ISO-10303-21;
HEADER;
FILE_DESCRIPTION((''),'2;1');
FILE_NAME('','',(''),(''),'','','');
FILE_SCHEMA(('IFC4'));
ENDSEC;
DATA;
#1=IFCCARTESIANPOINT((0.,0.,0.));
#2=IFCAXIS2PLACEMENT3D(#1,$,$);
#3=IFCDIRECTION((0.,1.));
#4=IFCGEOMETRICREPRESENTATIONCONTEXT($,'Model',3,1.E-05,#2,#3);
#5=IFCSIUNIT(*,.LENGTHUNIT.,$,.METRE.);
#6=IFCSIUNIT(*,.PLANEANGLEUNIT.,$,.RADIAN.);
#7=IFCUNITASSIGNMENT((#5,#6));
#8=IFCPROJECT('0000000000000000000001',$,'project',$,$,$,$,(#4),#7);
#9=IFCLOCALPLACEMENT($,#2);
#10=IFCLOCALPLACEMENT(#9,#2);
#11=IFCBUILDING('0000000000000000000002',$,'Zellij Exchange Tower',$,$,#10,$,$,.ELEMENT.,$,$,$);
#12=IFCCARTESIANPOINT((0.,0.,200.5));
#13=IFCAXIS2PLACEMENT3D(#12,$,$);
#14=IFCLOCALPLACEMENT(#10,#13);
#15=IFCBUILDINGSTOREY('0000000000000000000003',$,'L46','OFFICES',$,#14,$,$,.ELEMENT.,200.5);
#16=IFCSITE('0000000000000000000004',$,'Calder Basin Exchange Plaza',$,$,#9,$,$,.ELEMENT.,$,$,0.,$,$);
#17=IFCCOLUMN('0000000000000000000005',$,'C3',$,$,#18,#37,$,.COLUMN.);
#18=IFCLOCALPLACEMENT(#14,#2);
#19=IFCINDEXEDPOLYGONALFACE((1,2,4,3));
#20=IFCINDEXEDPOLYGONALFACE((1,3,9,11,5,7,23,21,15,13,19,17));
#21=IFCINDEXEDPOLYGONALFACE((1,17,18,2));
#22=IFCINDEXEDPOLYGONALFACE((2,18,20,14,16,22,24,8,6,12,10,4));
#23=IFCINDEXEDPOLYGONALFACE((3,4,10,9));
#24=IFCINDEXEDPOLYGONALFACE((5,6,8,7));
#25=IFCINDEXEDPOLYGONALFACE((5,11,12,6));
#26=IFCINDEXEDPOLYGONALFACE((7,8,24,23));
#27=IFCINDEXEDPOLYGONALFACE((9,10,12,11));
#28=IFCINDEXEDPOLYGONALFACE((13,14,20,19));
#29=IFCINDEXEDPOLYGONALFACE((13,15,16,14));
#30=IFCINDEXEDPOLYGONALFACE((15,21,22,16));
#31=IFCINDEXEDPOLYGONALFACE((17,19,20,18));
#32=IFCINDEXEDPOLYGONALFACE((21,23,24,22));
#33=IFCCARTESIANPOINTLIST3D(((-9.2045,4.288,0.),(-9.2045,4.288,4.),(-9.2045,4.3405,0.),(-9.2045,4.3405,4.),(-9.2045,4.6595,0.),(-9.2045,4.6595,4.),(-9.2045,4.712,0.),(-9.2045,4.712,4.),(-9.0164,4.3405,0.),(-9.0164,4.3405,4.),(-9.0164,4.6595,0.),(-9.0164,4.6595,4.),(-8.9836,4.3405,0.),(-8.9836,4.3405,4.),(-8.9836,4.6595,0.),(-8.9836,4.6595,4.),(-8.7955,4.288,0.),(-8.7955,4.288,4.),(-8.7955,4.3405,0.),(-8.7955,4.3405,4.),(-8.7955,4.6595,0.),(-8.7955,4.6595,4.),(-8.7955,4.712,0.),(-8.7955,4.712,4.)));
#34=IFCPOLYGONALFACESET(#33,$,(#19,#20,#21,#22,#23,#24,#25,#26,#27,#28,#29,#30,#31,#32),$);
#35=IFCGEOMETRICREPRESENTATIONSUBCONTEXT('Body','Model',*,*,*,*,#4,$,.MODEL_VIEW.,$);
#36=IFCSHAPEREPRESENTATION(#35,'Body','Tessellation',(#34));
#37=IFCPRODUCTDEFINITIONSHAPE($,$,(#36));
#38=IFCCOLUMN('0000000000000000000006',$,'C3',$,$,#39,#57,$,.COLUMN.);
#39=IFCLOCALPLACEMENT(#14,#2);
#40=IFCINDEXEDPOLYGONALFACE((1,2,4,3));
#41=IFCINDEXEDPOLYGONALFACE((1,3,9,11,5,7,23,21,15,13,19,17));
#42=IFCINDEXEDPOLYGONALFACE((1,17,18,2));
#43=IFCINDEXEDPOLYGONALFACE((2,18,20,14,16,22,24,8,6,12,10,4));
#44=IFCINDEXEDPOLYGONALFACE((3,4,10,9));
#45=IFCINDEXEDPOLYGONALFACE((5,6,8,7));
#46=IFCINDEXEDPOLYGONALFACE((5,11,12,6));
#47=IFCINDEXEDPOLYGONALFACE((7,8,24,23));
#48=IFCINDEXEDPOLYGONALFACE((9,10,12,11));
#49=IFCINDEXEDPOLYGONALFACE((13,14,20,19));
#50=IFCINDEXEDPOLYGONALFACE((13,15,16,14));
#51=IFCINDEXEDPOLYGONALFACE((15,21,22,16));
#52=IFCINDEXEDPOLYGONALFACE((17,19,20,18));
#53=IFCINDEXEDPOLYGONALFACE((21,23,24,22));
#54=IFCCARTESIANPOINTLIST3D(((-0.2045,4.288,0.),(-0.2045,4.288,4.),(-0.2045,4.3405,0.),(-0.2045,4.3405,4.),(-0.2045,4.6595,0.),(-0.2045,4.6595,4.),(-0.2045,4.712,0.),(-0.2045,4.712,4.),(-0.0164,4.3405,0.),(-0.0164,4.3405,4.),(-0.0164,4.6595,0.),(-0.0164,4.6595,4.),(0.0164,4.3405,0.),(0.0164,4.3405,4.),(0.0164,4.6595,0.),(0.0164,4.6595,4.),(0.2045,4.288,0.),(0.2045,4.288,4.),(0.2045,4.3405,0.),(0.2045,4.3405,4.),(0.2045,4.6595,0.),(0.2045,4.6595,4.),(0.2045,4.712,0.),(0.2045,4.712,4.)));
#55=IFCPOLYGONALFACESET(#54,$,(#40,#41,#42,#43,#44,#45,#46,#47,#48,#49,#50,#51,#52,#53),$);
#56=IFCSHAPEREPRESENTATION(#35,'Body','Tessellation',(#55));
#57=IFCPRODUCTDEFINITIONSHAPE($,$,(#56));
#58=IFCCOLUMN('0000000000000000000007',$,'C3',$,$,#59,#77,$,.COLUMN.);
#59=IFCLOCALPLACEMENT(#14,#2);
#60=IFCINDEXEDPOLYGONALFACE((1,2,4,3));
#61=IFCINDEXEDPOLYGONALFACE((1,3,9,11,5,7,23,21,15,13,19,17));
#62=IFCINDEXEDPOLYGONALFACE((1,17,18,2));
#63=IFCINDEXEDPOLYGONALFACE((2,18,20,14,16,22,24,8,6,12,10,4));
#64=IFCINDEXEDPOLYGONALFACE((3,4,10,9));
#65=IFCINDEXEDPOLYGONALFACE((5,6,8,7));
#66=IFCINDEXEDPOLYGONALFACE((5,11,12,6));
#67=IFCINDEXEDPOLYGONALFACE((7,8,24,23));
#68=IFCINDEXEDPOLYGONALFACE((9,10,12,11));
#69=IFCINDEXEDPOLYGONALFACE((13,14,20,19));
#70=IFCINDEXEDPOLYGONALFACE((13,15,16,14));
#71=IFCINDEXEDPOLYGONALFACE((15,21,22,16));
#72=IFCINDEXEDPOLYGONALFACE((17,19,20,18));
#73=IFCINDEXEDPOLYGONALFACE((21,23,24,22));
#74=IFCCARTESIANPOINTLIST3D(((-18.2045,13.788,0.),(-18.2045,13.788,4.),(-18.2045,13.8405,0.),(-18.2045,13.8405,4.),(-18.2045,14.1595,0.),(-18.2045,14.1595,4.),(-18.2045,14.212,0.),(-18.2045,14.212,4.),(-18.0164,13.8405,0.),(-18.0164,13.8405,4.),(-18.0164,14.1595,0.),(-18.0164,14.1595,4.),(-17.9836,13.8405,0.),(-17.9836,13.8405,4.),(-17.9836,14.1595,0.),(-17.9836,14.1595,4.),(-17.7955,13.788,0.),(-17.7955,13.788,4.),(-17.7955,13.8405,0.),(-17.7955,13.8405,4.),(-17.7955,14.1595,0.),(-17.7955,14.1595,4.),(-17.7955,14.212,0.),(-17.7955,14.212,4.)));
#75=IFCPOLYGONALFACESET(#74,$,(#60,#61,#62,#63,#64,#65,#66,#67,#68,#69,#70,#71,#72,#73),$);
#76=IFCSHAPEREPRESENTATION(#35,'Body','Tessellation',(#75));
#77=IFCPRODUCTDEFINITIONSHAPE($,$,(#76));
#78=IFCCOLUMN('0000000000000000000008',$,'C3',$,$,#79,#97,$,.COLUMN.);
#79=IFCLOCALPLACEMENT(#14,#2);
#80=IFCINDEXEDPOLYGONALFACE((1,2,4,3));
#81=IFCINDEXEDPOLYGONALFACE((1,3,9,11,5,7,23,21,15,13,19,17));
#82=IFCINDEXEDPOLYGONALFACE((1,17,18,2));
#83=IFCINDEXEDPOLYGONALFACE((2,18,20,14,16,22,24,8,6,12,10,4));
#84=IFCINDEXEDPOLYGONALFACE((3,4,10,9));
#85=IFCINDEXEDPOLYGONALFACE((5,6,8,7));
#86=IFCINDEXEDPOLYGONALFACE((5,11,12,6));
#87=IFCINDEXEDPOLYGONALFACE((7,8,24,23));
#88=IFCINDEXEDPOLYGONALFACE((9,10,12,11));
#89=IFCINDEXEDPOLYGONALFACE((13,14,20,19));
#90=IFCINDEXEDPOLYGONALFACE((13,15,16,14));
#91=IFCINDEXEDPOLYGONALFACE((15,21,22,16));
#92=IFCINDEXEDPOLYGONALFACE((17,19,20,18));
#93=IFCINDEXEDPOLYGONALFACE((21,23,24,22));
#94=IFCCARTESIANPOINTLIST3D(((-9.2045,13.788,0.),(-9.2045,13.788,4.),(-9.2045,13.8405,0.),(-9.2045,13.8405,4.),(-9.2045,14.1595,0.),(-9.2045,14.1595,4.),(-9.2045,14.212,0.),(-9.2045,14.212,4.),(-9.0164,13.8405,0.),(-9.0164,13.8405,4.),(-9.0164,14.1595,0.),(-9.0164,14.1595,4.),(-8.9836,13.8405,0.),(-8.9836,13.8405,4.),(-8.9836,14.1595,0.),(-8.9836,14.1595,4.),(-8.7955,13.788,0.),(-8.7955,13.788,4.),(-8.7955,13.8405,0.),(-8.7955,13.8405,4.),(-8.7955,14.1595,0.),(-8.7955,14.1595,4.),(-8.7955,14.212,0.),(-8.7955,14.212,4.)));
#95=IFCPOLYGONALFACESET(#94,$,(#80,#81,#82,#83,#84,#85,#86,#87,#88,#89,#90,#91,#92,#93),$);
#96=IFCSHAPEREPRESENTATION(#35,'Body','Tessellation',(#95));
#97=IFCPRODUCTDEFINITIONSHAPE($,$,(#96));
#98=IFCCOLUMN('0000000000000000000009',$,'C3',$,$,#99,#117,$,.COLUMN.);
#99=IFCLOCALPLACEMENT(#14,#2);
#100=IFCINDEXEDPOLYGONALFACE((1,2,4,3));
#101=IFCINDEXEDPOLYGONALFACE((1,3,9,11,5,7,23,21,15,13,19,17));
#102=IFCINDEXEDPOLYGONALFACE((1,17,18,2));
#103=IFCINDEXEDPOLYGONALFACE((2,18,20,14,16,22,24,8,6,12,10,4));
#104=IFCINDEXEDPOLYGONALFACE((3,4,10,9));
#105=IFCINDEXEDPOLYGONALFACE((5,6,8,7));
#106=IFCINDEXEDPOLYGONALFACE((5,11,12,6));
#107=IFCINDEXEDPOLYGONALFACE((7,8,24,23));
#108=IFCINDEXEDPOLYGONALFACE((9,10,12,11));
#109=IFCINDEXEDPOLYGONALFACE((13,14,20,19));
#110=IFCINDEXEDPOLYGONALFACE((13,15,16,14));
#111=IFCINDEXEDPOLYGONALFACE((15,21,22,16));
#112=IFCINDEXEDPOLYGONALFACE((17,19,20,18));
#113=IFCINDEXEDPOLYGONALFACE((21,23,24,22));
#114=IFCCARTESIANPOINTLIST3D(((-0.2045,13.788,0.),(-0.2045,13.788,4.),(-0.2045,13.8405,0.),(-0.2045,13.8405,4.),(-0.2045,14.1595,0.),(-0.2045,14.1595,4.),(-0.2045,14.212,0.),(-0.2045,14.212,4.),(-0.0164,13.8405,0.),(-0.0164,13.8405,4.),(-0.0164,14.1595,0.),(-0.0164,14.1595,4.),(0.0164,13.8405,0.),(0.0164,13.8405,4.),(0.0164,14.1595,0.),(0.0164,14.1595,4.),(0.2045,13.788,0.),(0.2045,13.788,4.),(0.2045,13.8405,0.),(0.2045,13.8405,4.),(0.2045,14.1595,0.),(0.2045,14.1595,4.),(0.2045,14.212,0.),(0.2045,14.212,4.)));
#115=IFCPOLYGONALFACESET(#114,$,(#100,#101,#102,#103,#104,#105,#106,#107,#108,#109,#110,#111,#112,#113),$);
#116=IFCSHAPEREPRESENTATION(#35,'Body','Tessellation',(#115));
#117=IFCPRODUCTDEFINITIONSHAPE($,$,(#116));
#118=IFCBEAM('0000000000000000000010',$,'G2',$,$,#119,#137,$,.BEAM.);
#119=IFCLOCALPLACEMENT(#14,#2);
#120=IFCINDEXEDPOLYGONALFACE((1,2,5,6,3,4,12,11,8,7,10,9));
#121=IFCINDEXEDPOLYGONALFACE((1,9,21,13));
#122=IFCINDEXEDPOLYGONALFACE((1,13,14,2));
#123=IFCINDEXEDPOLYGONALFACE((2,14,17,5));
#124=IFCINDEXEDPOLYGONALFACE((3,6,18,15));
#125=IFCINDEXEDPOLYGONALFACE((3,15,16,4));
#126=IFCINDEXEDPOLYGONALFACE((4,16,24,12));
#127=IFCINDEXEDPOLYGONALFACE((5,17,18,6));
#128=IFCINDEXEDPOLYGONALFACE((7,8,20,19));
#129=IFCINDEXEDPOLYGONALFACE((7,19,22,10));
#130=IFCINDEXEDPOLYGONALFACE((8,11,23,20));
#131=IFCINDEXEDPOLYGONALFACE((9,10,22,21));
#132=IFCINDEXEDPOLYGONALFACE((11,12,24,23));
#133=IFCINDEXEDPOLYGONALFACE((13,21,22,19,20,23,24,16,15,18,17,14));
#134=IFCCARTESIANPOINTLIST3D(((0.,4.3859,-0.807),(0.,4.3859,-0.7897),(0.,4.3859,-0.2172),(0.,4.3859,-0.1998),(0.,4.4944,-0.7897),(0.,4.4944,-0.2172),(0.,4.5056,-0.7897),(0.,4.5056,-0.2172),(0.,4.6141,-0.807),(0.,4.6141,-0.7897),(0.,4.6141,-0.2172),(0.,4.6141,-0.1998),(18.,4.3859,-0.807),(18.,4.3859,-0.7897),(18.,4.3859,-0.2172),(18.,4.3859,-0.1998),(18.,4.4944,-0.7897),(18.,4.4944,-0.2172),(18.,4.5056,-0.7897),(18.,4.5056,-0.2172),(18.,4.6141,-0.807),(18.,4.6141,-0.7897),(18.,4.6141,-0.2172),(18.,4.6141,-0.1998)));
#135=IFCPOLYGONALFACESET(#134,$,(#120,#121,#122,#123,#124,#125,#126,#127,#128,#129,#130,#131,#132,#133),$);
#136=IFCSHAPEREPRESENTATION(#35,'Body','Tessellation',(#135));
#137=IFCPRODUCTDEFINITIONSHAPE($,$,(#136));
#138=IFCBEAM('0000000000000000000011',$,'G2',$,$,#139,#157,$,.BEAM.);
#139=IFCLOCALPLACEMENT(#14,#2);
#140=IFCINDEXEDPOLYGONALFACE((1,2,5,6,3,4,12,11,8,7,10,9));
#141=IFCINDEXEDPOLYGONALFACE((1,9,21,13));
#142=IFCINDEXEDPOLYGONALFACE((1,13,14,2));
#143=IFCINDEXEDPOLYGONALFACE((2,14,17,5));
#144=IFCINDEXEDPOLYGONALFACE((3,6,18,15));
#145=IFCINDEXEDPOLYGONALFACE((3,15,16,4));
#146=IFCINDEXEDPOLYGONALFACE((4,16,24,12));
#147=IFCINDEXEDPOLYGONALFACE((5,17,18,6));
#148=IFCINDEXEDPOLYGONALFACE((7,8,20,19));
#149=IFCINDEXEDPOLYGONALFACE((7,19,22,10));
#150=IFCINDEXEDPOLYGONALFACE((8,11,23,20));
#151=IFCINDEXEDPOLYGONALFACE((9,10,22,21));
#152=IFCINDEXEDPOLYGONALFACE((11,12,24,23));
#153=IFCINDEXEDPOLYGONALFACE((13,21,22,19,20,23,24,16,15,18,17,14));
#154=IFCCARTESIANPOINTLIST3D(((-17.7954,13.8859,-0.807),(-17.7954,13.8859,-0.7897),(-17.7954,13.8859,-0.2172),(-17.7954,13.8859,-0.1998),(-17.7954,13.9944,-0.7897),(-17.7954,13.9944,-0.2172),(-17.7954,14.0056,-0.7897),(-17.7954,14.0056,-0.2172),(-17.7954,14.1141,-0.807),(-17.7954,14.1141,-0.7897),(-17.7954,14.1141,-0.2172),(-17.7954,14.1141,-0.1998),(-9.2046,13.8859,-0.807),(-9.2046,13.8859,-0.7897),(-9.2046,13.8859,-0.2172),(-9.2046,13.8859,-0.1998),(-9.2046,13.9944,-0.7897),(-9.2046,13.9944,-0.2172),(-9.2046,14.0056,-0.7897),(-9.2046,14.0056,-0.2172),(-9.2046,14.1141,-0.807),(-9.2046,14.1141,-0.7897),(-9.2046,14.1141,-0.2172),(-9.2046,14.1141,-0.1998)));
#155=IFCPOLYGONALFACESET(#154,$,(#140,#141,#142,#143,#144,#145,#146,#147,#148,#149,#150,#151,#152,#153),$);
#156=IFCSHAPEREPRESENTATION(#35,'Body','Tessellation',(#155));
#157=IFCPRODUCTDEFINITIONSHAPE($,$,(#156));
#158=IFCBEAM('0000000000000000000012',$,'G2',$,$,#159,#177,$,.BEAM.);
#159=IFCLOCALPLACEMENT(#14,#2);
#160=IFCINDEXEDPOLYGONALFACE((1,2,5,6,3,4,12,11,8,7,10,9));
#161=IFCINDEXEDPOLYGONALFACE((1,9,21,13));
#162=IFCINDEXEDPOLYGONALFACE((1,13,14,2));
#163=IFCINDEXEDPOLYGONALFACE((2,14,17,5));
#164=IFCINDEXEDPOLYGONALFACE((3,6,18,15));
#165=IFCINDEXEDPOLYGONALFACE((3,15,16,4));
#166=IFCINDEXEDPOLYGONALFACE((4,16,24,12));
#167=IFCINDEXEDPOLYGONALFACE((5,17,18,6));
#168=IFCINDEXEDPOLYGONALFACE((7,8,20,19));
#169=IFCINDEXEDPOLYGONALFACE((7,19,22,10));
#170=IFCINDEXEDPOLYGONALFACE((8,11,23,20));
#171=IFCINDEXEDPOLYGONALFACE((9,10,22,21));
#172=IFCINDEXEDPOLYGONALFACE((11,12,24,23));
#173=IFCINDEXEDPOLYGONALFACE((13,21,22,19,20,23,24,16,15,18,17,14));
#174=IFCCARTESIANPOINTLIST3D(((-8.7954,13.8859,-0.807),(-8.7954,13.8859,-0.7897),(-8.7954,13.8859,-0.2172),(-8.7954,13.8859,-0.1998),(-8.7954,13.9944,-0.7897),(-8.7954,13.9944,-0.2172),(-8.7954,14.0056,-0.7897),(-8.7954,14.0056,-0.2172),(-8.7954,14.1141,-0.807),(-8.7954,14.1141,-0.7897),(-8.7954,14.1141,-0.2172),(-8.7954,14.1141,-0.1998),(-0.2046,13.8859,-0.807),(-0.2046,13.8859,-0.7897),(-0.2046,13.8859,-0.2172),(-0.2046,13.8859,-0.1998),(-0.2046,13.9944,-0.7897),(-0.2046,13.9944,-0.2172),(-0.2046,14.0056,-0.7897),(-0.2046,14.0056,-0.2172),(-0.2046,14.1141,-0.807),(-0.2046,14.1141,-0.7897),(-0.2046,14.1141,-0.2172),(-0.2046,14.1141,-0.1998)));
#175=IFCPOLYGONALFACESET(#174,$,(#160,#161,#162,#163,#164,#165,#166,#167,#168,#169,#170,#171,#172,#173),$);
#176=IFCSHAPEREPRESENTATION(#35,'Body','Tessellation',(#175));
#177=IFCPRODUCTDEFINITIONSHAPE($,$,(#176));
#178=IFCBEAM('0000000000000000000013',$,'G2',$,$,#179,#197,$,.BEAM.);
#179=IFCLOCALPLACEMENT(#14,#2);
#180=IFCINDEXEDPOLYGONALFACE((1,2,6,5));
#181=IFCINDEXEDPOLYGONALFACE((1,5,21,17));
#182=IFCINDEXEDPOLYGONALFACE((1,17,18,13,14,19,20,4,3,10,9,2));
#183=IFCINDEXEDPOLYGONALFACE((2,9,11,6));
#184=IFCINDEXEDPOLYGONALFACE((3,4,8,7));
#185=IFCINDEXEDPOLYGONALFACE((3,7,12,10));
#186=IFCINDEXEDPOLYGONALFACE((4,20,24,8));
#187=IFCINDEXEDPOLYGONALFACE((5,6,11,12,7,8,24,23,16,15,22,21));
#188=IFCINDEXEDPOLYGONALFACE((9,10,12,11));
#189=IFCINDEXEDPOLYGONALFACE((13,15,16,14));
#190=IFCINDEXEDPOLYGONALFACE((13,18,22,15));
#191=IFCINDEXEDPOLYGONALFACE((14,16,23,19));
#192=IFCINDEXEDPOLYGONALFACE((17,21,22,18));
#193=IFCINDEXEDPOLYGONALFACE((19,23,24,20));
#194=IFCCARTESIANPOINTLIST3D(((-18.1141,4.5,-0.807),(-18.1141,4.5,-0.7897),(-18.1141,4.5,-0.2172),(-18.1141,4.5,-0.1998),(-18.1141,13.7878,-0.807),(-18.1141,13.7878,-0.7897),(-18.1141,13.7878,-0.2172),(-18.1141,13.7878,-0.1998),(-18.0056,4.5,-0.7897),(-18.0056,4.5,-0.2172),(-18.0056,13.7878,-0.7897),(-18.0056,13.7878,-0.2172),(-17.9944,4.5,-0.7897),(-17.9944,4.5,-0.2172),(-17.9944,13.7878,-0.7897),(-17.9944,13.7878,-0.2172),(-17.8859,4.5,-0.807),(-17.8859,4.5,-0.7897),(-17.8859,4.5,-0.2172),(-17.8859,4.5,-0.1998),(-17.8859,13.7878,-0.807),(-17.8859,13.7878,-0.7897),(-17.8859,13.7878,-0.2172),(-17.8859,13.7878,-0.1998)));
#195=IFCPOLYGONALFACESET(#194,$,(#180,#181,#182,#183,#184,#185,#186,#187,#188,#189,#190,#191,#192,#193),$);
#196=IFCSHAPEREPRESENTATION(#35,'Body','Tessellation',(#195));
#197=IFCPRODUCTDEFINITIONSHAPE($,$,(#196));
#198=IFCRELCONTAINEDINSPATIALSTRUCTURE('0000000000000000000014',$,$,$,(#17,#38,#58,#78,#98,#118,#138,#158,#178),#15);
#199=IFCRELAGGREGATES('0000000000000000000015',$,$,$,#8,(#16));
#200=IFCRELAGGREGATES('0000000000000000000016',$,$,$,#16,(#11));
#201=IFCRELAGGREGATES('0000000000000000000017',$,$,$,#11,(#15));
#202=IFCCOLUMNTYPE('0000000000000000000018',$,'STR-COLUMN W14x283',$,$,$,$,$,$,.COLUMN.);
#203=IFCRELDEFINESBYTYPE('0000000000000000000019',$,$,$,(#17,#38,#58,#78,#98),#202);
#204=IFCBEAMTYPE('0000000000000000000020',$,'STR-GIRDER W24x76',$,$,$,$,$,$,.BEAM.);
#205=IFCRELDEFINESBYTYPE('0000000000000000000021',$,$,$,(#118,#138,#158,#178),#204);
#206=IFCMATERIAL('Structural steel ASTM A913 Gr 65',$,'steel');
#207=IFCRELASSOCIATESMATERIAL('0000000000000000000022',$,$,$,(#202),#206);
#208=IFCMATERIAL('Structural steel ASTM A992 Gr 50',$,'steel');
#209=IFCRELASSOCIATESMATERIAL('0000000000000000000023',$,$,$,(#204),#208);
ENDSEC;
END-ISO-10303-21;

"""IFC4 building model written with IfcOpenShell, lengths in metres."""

from ifc_helpers import new_model, si_unit, direction, frame, origin, origin_2d, place, context, subcontext, project, spatial, i_section, extrude, material, material_profile, profile_set, type_object, element, save


model = new_model("IFC4")

# Units and contexts
model_context = context("Model", 3, precision=1e-05, world=origin(), true_north=direction((0.0, 1.0)))
body_context = subcontext(model_context, "Body", "Model", "MODEL_VIEW")
ifc_project = project(units=[si_unit("LENGTHUNIT", "METRE"), si_unit("PLANEANGLEUNIT", "RADIAN")], contexts=[model_context])

# Site, building, storey
site_placement = place(None, origin())
site = spatial("IfcSite", under=ifc_project, at=site_placement, Name="Calder Basin Exchange Plaza", CompositionType="ELEMENT", RefElevation=0.0)
building_placement = place(site_placement, origin())
building = spatial("IfcBuilding", under=site, at=building_placement, Name="Zellij Exchange Tower", CompositionType="ELEMENT")
storey_placement = place(building_placement, frame((0.0, 0.0, 200.5)))
storey = spatial("IfcBuildingStorey", under=building, at=storey_placement, Name="L46", Description="OFFICES", CompositionType="ELEMENT", Elevation=200.5)

# Columns
ifc_material_1 = material(Name="Structural steel ASTM A913 Gr 65", Category="steel")
ifc_material_profile_1 = material_profile(ifc_material_1, i_section(OverallWidth=0.4089, OverallDepth=0.4241, WebThickness=0.0327, FlangeThickness=0.0525, at=origin_2d()), Name="W14x283")
ifc_profile_set_1 = profile_set([ifc_material_profile_1], Name="Structural steel ASTM A913 Gr 65")
column_type = type_object("IfcColumnType", Name="STR-COLUMN W14x283", PredefinedType="COLUMN", material=ifc_profile_set_1)
for number, where, z_axis, x_axis, name in (
    (1, (-9.0, 4.5, 0.0), (0.0, 0.0, 1.0), (1.0, 0.0, 0.0), "C3"),
    (2, (0.0, 4.5, 0.0), (0.0, 0.0, 1.0), (1.0, 0.0, 0.0), "C3"),
    (3, (-18.0, 14.0, 0.0), (0.0, 0.0, 1.0), (1.0, 0.0, 0.0), "C3"),
    (4, (-9.0, 14.0, 0.0), (0.0, 0.0, 1.0), (1.0, 0.0, 0.0), "C3"),
    (5, (0.0, 14.0, 0.0), (0.0, 0.0, 1.0), (1.0, 0.0, 0.0), "C3"),
):
    element("IfcColumn", number, at=place(storey_placement, frame(where, z_axis=z_axis, x_axis=x_axis)), inside=storey, type_object=column_type, Name=name, PredefinedType="COLUMN", context=body_context, shape_type="SweptSolid", body=[
        extrude(i_section(OverallWidth=0.4089, OverallDepth=0.4241, WebThickness=0.0327, FlangeThickness=0.0525, at=origin_2d()), origin(), (0.0, 0.0, 1.0), 4.0),
    ])

# Beams
ifc_material_2 = material(Name="Structural steel ASTM A992 Gr 50", Category="steel")
ifc_material_profile_2 = material_profile(ifc_material_2, i_section(OverallWidth=0.2283, OverallDepth=0.6072, WebThickness=0.0112, FlangeThickness=0.0173, at=origin_2d()), Name="W24x76")
ifc_profile_set_2 = profile_set([ifc_material_profile_2], Name="Structural steel ASTM A992 Gr 50")
beam_type = type_object("IfcBeamType", Name="STR-GIRDER W24x76", PredefinedType="BEAM", material=ifc_profile_set_2)
beam_1_placement = place(storey_placement, frame((0.0, 4.5, -0.5034), z_axis=(1.0, 0.0, 0.0), x_axis=(0.0, 1.0, 0.0)))
element("IfcBeam", 6, at=beam_1_placement, inside=storey, type_object=beam_type, Name="G2", PredefinedType="BEAM", context=body_context, shape_type="SweptSolid", body=[
    extrude(i_section(OverallWidth=0.2283, OverallDepth=0.6072, WebThickness=0.0112, FlangeThickness=0.0173, at=origin_2d()), origin(), (0.0, 0.0, 1.0), 18.0),
])
for number, where, z_axis, x_axis, name in (
    (7, (-17.7954, 14.0, -0.5034), (1.0, 0.0, 0.0), (0.0, 1.0, 0.0), "G2"),
    (8, (-8.7954, 14.0, -0.5034), (1.0, 0.0, 0.0), (0.0, 1.0, 0.0), "G2"),
):
    element("IfcBeam", number, at=place(storey_placement, frame(where, z_axis=z_axis, x_axis=x_axis)), inside=storey, type_object=beam_type, Name=name, PredefinedType="BEAM", context=body_context, shape_type="SweptSolid", body=[
        extrude(i_section(OverallWidth=0.2283, OverallDepth=0.6072, WebThickness=0.0112, FlangeThickness=0.0173, at=origin_2d()), origin(), (0.0, 0.0, 1.0), 8.5908),
    ])
beam_2_placement = place(storey_placement, frame((-18.0, 4.5, -0.5034), z_axis=(0.0, 1.0, 0.0), x_axis=(-1.0, 0.0, 0.0)))
element("IfcBeam", 9, at=beam_2_placement, inside=storey, type_object=beam_type, Name="G2", PredefinedType="BEAM", context=body_context, shape_type="SweptSolid", body=[
    extrude(i_section(OverallWidth=0.2283, OverallDepth=0.6072, WebThickness=0.0112, FlangeThickness=0.0173, at=origin_2d()), origin(), (0.0, 0.0, 1.0), 9.2878),
])

save(model, "model.ifc")
